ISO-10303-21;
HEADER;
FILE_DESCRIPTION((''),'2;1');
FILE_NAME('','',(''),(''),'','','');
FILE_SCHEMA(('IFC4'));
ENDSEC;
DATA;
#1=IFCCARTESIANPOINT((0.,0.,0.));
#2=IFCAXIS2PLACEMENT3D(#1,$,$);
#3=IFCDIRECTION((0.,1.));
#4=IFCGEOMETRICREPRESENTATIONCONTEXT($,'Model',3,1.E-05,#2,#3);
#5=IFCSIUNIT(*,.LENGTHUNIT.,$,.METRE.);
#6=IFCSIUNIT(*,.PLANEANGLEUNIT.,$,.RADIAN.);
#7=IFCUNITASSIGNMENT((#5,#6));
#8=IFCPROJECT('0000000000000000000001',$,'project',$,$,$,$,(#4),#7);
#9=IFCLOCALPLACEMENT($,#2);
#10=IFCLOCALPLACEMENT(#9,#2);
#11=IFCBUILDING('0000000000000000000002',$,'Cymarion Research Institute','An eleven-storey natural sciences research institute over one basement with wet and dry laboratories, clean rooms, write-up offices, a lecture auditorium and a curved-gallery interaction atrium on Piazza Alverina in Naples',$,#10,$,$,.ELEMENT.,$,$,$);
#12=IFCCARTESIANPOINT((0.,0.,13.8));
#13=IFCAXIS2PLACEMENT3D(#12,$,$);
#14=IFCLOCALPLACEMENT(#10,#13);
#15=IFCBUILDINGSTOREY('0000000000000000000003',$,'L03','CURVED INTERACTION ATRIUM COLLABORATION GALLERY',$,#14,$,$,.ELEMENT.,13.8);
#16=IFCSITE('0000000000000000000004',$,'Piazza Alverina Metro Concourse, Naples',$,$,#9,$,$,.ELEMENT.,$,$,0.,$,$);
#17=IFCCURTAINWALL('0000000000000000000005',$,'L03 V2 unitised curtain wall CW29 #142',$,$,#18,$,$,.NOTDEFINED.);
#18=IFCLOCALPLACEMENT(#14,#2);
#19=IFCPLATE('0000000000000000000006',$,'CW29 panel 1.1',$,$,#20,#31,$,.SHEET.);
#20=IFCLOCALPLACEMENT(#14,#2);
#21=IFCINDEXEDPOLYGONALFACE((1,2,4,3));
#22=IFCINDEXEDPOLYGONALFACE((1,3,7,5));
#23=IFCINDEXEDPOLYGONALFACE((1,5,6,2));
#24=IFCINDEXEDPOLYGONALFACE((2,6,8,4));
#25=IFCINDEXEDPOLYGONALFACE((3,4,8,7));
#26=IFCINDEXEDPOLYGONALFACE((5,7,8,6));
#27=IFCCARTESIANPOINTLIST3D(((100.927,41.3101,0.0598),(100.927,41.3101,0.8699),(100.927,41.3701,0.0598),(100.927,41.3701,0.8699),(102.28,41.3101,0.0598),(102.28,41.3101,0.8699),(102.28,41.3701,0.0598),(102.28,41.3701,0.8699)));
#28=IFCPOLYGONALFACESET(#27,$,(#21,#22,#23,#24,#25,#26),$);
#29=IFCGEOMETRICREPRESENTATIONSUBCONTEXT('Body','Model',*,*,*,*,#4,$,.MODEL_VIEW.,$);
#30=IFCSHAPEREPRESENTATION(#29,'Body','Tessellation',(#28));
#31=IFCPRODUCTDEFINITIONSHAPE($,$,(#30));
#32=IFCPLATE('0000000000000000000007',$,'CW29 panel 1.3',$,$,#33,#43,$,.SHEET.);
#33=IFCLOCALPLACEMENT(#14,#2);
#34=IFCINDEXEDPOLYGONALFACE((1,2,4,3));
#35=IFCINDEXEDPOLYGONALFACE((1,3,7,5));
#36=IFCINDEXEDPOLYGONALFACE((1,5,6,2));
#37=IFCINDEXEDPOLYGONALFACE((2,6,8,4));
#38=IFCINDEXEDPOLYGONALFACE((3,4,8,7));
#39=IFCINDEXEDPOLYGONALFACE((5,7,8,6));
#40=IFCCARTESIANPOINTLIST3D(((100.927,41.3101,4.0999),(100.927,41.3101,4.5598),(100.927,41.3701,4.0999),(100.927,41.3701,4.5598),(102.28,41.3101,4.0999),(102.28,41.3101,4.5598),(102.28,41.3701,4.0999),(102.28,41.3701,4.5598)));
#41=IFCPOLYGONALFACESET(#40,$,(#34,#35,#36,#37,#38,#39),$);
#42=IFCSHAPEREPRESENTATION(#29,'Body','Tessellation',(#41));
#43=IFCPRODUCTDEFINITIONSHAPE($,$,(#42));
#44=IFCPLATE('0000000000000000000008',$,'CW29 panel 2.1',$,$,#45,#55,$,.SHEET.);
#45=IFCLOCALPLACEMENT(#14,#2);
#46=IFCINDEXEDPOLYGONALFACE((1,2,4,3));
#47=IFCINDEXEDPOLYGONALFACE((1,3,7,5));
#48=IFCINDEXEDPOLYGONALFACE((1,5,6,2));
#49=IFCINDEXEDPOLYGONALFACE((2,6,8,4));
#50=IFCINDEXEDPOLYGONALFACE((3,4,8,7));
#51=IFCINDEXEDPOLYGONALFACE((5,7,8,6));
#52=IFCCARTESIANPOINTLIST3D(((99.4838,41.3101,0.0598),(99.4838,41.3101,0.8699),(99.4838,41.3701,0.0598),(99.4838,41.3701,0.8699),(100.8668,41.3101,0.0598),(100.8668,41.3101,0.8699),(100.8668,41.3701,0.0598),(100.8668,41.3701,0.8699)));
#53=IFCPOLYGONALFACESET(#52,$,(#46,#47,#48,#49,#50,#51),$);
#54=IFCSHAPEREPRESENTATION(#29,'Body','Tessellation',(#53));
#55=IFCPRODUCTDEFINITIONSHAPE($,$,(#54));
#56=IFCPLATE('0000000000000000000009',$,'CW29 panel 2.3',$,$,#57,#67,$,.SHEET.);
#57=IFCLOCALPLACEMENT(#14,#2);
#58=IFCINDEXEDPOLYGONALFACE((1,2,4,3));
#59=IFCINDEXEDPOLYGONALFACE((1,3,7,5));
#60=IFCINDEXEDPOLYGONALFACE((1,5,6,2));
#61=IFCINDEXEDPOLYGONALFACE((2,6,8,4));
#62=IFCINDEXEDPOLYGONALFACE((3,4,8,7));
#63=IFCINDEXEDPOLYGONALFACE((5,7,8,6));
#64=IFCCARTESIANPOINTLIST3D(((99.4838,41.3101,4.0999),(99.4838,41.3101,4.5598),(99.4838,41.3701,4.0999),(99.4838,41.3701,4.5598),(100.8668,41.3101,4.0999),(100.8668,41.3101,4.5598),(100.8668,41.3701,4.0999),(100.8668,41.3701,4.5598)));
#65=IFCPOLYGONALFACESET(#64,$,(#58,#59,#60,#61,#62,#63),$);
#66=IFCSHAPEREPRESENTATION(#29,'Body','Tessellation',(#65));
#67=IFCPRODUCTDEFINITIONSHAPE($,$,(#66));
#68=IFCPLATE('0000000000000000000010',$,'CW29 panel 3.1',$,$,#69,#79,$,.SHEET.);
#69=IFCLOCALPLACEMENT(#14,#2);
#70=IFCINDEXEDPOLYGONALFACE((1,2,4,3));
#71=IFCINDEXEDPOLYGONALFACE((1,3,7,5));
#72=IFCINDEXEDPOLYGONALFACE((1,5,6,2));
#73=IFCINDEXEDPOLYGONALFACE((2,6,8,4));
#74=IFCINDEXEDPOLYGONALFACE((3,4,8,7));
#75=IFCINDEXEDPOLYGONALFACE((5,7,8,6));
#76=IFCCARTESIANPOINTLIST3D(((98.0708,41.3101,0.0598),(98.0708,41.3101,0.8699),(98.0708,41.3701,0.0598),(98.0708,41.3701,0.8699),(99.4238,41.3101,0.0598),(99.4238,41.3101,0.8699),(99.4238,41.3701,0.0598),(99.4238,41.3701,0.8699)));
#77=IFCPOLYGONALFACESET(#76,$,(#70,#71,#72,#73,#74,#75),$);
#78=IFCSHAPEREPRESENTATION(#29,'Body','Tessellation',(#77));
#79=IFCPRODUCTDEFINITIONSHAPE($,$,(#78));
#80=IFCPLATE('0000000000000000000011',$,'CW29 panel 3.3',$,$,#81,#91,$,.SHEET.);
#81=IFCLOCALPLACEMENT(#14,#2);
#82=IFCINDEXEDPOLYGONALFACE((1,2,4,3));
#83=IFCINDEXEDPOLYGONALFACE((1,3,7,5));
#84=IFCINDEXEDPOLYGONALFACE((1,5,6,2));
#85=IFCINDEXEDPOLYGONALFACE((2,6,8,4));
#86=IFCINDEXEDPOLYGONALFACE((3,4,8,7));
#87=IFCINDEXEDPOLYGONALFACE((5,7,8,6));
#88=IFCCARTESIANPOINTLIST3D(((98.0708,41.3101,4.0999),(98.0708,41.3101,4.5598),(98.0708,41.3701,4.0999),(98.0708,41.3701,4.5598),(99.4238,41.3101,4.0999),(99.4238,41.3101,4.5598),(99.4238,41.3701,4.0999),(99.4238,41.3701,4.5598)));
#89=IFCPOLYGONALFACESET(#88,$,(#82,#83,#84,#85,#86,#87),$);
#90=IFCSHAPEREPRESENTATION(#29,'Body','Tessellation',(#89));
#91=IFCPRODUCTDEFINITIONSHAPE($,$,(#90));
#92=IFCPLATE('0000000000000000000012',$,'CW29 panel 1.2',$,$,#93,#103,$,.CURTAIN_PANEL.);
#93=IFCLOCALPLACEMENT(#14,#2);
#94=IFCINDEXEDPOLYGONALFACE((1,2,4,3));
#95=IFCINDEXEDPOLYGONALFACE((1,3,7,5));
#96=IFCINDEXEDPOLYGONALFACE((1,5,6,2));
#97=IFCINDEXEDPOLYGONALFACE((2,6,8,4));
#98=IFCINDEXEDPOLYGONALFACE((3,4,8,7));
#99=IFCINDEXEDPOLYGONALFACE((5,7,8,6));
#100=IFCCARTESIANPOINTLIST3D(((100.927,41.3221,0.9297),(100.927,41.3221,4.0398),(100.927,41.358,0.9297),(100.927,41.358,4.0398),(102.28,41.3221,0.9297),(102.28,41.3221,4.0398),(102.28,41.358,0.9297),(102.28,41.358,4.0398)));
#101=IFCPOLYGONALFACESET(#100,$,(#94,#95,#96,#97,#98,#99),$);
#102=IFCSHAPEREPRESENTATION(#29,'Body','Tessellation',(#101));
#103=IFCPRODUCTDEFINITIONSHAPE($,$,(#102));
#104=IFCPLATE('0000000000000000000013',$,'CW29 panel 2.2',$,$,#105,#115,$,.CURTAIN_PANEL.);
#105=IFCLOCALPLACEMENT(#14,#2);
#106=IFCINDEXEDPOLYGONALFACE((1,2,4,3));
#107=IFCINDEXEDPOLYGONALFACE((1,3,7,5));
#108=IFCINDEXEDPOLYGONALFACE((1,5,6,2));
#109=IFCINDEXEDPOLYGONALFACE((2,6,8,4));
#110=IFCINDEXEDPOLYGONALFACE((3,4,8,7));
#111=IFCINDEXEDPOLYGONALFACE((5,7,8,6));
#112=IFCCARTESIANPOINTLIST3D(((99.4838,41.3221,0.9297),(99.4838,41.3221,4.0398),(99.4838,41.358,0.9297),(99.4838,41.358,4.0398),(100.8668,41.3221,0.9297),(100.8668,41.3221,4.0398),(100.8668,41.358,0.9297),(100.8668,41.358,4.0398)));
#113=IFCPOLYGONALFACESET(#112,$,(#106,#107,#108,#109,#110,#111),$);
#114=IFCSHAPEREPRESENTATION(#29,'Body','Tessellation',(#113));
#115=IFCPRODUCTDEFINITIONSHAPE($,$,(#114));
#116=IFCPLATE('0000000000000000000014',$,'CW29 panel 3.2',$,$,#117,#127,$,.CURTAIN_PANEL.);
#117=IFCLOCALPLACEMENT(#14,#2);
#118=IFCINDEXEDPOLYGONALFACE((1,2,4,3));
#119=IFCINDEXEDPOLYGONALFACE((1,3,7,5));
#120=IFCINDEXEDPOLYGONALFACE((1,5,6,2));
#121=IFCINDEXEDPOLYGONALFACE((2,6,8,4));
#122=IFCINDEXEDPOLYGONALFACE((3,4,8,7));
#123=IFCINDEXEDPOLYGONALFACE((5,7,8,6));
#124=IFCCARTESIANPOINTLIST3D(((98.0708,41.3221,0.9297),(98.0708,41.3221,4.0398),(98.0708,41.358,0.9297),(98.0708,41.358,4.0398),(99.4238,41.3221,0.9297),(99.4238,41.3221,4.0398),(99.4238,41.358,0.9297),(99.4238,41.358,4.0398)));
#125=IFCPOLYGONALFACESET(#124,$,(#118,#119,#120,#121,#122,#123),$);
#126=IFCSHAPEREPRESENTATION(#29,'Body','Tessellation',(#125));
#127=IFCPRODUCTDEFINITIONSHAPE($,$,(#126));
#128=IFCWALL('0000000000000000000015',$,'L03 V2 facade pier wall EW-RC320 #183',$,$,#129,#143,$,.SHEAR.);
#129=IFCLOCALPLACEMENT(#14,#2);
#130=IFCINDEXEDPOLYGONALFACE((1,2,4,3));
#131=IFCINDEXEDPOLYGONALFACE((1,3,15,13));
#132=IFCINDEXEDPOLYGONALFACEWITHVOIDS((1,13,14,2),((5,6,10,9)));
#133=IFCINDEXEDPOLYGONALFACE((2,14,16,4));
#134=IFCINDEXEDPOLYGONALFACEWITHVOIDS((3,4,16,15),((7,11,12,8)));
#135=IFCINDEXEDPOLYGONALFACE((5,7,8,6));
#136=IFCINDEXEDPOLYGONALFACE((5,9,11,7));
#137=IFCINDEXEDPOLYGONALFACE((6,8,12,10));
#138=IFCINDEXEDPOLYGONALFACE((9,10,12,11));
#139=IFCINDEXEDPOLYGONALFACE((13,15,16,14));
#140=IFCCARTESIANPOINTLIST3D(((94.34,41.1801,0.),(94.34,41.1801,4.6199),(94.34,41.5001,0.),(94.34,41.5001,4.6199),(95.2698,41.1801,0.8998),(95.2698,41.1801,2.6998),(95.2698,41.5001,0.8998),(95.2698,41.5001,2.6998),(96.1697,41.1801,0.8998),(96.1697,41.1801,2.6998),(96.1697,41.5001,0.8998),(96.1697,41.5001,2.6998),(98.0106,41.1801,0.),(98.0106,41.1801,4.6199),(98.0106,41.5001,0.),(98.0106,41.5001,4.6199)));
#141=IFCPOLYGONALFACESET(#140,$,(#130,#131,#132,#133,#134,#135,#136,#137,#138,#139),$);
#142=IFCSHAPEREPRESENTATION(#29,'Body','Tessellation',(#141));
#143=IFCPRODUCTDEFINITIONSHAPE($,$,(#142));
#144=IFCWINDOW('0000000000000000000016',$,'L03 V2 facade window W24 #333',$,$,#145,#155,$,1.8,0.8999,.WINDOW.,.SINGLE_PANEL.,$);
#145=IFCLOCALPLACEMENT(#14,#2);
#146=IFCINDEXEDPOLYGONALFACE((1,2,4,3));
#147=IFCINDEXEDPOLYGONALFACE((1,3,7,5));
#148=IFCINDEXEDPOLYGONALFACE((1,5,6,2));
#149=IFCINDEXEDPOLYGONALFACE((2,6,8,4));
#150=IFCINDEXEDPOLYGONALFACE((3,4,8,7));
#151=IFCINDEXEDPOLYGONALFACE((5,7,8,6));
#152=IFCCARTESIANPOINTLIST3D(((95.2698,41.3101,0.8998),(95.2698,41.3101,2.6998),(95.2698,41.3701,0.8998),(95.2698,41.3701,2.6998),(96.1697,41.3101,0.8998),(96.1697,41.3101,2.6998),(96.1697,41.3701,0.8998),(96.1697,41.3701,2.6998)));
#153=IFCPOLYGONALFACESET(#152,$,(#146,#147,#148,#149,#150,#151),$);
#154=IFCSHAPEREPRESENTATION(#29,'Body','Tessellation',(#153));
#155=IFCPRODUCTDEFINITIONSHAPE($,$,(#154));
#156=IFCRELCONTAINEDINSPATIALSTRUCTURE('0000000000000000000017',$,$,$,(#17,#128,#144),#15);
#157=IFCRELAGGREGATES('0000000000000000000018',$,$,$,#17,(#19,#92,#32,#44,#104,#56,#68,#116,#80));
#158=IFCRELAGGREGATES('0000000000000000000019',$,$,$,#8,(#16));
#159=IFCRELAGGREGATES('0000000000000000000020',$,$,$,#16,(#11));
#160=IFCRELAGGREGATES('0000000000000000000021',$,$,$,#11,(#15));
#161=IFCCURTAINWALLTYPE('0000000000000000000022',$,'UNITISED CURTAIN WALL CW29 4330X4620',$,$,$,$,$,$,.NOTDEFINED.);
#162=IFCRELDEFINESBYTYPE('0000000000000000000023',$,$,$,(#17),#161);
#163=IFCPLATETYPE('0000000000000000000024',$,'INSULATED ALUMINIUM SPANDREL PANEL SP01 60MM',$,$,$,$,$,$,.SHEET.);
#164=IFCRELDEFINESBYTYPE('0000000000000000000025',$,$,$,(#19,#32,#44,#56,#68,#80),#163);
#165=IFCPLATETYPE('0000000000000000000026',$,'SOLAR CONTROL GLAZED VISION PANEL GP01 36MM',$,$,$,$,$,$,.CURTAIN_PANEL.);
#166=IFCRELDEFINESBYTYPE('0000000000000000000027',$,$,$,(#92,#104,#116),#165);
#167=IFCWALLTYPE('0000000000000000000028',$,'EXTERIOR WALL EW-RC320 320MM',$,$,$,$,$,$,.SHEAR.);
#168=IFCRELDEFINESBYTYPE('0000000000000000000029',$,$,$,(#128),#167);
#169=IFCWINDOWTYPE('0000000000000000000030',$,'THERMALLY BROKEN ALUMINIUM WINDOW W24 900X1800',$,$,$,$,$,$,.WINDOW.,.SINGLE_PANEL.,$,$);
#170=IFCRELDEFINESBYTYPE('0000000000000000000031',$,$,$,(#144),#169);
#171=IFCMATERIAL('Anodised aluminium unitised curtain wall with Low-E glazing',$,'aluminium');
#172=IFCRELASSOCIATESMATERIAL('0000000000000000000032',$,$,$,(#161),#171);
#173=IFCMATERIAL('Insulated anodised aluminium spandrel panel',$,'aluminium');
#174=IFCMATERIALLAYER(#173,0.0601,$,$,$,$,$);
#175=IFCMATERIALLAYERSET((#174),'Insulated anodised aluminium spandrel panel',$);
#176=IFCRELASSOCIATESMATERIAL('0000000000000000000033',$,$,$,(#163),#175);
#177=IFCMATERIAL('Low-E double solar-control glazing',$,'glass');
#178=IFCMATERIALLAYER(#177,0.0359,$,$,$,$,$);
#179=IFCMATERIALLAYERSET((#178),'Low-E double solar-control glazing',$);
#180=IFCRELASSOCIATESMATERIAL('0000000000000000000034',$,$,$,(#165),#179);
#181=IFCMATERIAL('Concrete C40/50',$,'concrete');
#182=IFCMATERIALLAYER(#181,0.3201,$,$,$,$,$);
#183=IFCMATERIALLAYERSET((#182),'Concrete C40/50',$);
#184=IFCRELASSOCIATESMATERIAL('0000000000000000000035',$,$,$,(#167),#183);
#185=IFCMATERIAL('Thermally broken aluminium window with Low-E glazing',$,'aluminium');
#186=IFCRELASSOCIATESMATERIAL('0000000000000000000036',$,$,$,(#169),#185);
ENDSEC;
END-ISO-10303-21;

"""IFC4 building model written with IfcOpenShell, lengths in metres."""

from ifc_helpers import new_model, si_unit, direction, frame, frame_2d, origin, origin_2d, place, context, subcontext, project, spatial, rectangle, extrude, material, layer, layer_set, type_object, element, fill, aggregate, save


model = new_model("IFC4")

# Units and contexts
model_context = context("Model", 3, precision=1e-05, world=origin(), true_north=direction((0.0, 1.0)))
body_context = subcontext(model_context, "Body", "Model", "MODEL_VIEW")
ifc_project = project(units=[si_unit("LENGTHUNIT", "METRE"), si_unit("PLANEANGLEUNIT", "RADIAN")], contexts=[model_context])

# Site, building, storey
site_placement = place(None, origin())
site = spatial("IfcSite", under=ifc_project, at=site_placement, Name="Piazza Alverina Metro Concourse, Naples", CompositionType="ELEMENT", RefElevation=0.0)
building_placement = place(site_placement, origin())
building = spatial("IfcBuilding", under=site, at=building_placement, Name="Cymarion Research Institute", Description="An eleven-storey natural sciences research institute over one basement with wet and dry laboratories, clean rooms, write-up offices, a lecture auditorium and a curved-gallery interaction atrium on Piazza Alverina in Naples", CompositionType="ELEMENT")
storey_placement = place(building_placement, frame((0.0, 0.0, 13.8)))
storey = spatial("IfcBuildingStorey", under=building, at=storey_placement, Name="L03", Description="CURVED INTERACTION ATRIUM COLLABORATION GALLERY", CompositionType="ELEMENT", Elevation=13.8)

# Curtain wall, plates
ifc_material_1 = material(Name="Anodised aluminium unitised curtain wall with Low-E glazing", Category="aluminium")
curtain_wall_type = type_object("IfcCurtainWallType", Name="UNITISED CURTAIN WALL CW29 4330X4620", PredefinedType="NOTDEFINED", material=ifc_material_1)
curtain_wall_placement = place(storey_placement, origin())
curtain_wall = element("IfcCurtainWall", 1, at=curtain_wall_placement, inside=storey, type_object=curtain_wall_type, Name="L03 V2 unitised curtain wall CW29 #142", PredefinedType="NOTDEFINED")
ifc_material_2 = material(Name="Insulated anodised aluminium spandrel panel", Category="aluminium")
ifc_layer_1 = layer(ifc_material_2, 0.0601)
ifc_layer_set_1 = layer_set([ifc_layer_1], Name="Insulated anodised aluminium spandrel panel")
plate_type_1 = type_object("IfcPlateType", Name="INSULATED ALUMINIUM SPANDREL PANEL SP01 60MM", PredefinedType="SHEET", material=ifc_layer_set_1)
plate_1_placement = place(storey_placement, frame((101.6035, 41.3401, 0.0598), z_axis=(0.0, 0.0, 1.0), x_axis=(-1.0, 0.0, 0.0)))
plate_1 = element("IfcPlate", 2, at=plate_1_placement, type_object=plate_type_1, Name="CW29 panel 1.1", PredefinedType="SHEET", context=body_context, shape_type="SweptSolid", body=[
    extrude(rectangle(XDim=1.353, YDim=0.0601, at=origin_2d()), origin(), (0.0, 0.0, 1.0), 0.8101),
])
plate_2_placement = place(storey_placement, frame((101.6035, 41.3401, 4.0999), z_axis=(0.0, 0.0, 1.0), x_axis=(-1.0, 0.0, 0.0)))
plate_2 = element("IfcPlate", 3, at=plate_2_placement, type_object=plate_type_1, Name="CW29 panel 1.3", PredefinedType="SHEET", context=body_context, shape_type="SweptSolid", body=[
    extrude(rectangle(XDim=1.353, YDim=0.0601, at=origin_2d()), origin(), (0.0, 0.0, 1.0), 0.46),
])
plate_3_placement = place(storey_placement, frame((100.1753, 41.3401, 0.0598), z_axis=(0.0, 0.0, 1.0), x_axis=(-1.0, 0.0, 0.0)))
plate_3 = element("IfcPlate", 4, at=plate_3_placement, type_object=plate_type_1, Name="CW29 panel 2.1", PredefinedType="SHEET", context=body_context, shape_type="SweptSolid", body=[
    extrude(rectangle(XDim=1.3831, YDim=0.0601, at=origin_2d()), origin(), (0.0, 0.0, 1.0), 0.8101),
])
plate_4_placement = place(storey_placement, frame((100.1753, 41.3401, 4.0999), z_axis=(0.0, 0.0, 1.0), x_axis=(-1.0, 0.0, 0.0)))
plate_4 = element("IfcPlate", 5, at=plate_4_placement, type_object=plate_type_1, Name="CW29 panel 2.3", PredefinedType="SHEET", context=body_context, shape_type="SweptSolid", body=[
    extrude(rectangle(XDim=1.3831, YDim=0.0601, at=origin_2d()), origin(), (0.0, 0.0, 1.0), 0.46),
])
plate_5_placement = place(storey_placement, frame((98.7473, 41.3401, 0.0598), z_axis=(0.0, 0.0, 1.0), x_axis=(-1.0, 0.0, 0.0)))
plate_5 = element("IfcPlate", 6, at=plate_5_placement, type_object=plate_type_1, Name="CW29 panel 3.1", PredefinedType="SHEET", context=body_context, shape_type="SweptSolid", body=[
    extrude(rectangle(XDim=1.353, YDim=0.0601, at=origin_2d()), origin(), (0.0, 0.0, 1.0), 0.8101),
])
plate_6_placement = place(storey_placement, frame((98.7473, 41.3401, 4.0999), z_axis=(0.0, 0.0, 1.0), x_axis=(-1.0, 0.0, 0.0)))
plate_6 = element("IfcPlate", 7, at=plate_6_placement, type_object=plate_type_1, Name="CW29 panel 3.3", PredefinedType="SHEET", context=body_context, shape_type="SweptSolid", body=[
    extrude(rectangle(XDim=1.353, YDim=0.0601, at=origin_2d()), origin(), (0.0, 0.0, 1.0), 0.46),
])
ifc_material_3 = material(Name="Low-E double solar-control glazing", Category="glass")
ifc_layer_2 = layer(ifc_material_3, 0.0359)
ifc_layer_set_2 = layer_set([ifc_layer_2], Name="Low-E double solar-control glazing")
plate_type_2 = type_object("IfcPlateType", Name="SOLAR CONTROL GLAZED VISION PANEL GP01 36MM", PredefinedType="CURTAIN_PANEL", material=ifc_layer_set_2)
plate_7_placement = place(storey_placement, frame((101.6035, 41.3401, 0.9297), z_axis=(0.0, 0.0, 1.0), x_axis=(-1.0, 0.0, 0.0)))
plate_7 = element("IfcPlate", 8, at=plate_7_placement, type_object=plate_type_2, Name="CW29 panel 1.2", PredefinedType="CURTAIN_PANEL", context=body_context, shape_type="SweptSolid", body=[
    extrude(rectangle(XDim=1.353, YDim=0.0359, at=origin_2d()), origin(), (0.0, 0.0, 1.0), 3.1101),
])
plate_8_placement = place(storey_placement, frame((100.1753, 41.3401, 0.9297), z_axis=(0.0, 0.0, 1.0), x_axis=(-1.0, 0.0, 0.0)))
plate_8 = element("IfcPlate", 9, at=plate_8_placement, type_object=plate_type_2, Name="CW29 panel 2.2", PredefinedType="CURTAIN_PANEL", context=body_context, shape_type="SweptSolid", body=[
    extrude(rectangle(XDim=1.3831, YDim=0.0359, at=origin_2d()), origin(), (0.0, 0.0, 1.0), 3.1101),
])
plate_9_placement = place(storey_placement, frame((98.7473, 41.3401, 0.9297), z_axis=(0.0, 0.0, 1.0), x_axis=(-1.0, 0.0, 0.0)))
plate_9 = element("IfcPlate", 10, at=plate_9_placement, type_object=plate_type_2, Name="CW29 panel 3.2", PredefinedType="CURTAIN_PANEL", context=body_context, shape_type="SweptSolid", body=[
    extrude(rectangle(XDim=1.353, YDim=0.0359, at=origin_2d()), origin(), (0.0, 0.0, 1.0), 3.1101),
])
aggregate(curtain_wall, [plate_1, plate_7, plate_2, plate_3, plate_8, plate_4, plate_5, plate_9, plate_6])

# Wall, opening, window
ifc_material_4 = material(Name="Concrete C40/50", Category="concrete")
ifc_layer_3 = layer(ifc_material_4, 0.3201)
ifc_layer_set_3 = layer_set([ifc_layer_3], Name="Concrete C40/50")
wall_type = type_object("IfcWallType", Name="EXTERIOR WALL EW-RC320 320MM", PredefinedType="SHEAR", material=ifc_layer_set_3)
wall_placement = place(storey_placement, frame((98.0107, 41.3401, 0.0), z_axis=(0.0, 0.0, 1.0), x_axis=(-1.0, 0.0, 0.0)))
wall = element("IfcWall", 11, at=wall_placement, inside=storey, type_object=wall_type, Name="L03 V2 facade pier wall EW-RC320 #183", PredefinedType="SHEAR", context=body_context, shape_type="SweptSolid", body=[
    extrude(rectangle(XDim=3.6707, YDim=0.3201, at=frame_2d((1.8354, 0.0))), origin(), (0.0, 0.0, 1.0), 4.6199),
])
opening_placement = place(wall_placement, frame((1.8411, 0.0, 0.8999)))
opening = element("IfcOpeningElement", 12, at=opening_placement, cuts=wall, PredefinedType="OPENING", context=body_context, shape_type="SweptSolid", body=[
    extrude(rectangle(XDim=0.8999, YDim=1.8, at=frame_2d((0.45, 0.8999))), frame((0.0, 0.1699, 0.0), z_axis=(0.0, -1.0, 0.0), x_axis=(1.0, 0.0, 0.0)), (0.0, 0.0, 1.0), 0.3401),
])
ifc_material_5 = material(Name="Thermally broken aluminium window with Low-E glazing", Category="aluminium")
window_type = type_object("IfcWindowType", Name="THERMALLY BROKEN ALUMINIUM WINDOW W24 900X1800", PartitioningType="SINGLE_PANEL", PredefinedType="WINDOW", material=ifc_material_5)
window_placement = place(opening_placement, origin())
window = element("IfcWindow", 13, at=window_placement, inside=storey, type_object=window_type, Name="L03 V2 facade window W24 #333", OverallHeight=1.8, OverallWidth=0.8999, PartitioningType="SINGLE_PANEL", PredefinedType="WINDOW", context=body_context, shape_type="SweptSolid", body=[
    extrude(rectangle(XDim=0.8999, YDim=1.8, at=frame_2d((0.45, 0.8999))), frame((0.0, 0.03, 0.0), z_axis=(0.0, -1.0, 0.0), x_axis=(1.0, 0.0, 0.0)), (0.0, 0.0, 1.0), 0.0601),
])
fill(opening, window)

save(model, "model.ifc")
